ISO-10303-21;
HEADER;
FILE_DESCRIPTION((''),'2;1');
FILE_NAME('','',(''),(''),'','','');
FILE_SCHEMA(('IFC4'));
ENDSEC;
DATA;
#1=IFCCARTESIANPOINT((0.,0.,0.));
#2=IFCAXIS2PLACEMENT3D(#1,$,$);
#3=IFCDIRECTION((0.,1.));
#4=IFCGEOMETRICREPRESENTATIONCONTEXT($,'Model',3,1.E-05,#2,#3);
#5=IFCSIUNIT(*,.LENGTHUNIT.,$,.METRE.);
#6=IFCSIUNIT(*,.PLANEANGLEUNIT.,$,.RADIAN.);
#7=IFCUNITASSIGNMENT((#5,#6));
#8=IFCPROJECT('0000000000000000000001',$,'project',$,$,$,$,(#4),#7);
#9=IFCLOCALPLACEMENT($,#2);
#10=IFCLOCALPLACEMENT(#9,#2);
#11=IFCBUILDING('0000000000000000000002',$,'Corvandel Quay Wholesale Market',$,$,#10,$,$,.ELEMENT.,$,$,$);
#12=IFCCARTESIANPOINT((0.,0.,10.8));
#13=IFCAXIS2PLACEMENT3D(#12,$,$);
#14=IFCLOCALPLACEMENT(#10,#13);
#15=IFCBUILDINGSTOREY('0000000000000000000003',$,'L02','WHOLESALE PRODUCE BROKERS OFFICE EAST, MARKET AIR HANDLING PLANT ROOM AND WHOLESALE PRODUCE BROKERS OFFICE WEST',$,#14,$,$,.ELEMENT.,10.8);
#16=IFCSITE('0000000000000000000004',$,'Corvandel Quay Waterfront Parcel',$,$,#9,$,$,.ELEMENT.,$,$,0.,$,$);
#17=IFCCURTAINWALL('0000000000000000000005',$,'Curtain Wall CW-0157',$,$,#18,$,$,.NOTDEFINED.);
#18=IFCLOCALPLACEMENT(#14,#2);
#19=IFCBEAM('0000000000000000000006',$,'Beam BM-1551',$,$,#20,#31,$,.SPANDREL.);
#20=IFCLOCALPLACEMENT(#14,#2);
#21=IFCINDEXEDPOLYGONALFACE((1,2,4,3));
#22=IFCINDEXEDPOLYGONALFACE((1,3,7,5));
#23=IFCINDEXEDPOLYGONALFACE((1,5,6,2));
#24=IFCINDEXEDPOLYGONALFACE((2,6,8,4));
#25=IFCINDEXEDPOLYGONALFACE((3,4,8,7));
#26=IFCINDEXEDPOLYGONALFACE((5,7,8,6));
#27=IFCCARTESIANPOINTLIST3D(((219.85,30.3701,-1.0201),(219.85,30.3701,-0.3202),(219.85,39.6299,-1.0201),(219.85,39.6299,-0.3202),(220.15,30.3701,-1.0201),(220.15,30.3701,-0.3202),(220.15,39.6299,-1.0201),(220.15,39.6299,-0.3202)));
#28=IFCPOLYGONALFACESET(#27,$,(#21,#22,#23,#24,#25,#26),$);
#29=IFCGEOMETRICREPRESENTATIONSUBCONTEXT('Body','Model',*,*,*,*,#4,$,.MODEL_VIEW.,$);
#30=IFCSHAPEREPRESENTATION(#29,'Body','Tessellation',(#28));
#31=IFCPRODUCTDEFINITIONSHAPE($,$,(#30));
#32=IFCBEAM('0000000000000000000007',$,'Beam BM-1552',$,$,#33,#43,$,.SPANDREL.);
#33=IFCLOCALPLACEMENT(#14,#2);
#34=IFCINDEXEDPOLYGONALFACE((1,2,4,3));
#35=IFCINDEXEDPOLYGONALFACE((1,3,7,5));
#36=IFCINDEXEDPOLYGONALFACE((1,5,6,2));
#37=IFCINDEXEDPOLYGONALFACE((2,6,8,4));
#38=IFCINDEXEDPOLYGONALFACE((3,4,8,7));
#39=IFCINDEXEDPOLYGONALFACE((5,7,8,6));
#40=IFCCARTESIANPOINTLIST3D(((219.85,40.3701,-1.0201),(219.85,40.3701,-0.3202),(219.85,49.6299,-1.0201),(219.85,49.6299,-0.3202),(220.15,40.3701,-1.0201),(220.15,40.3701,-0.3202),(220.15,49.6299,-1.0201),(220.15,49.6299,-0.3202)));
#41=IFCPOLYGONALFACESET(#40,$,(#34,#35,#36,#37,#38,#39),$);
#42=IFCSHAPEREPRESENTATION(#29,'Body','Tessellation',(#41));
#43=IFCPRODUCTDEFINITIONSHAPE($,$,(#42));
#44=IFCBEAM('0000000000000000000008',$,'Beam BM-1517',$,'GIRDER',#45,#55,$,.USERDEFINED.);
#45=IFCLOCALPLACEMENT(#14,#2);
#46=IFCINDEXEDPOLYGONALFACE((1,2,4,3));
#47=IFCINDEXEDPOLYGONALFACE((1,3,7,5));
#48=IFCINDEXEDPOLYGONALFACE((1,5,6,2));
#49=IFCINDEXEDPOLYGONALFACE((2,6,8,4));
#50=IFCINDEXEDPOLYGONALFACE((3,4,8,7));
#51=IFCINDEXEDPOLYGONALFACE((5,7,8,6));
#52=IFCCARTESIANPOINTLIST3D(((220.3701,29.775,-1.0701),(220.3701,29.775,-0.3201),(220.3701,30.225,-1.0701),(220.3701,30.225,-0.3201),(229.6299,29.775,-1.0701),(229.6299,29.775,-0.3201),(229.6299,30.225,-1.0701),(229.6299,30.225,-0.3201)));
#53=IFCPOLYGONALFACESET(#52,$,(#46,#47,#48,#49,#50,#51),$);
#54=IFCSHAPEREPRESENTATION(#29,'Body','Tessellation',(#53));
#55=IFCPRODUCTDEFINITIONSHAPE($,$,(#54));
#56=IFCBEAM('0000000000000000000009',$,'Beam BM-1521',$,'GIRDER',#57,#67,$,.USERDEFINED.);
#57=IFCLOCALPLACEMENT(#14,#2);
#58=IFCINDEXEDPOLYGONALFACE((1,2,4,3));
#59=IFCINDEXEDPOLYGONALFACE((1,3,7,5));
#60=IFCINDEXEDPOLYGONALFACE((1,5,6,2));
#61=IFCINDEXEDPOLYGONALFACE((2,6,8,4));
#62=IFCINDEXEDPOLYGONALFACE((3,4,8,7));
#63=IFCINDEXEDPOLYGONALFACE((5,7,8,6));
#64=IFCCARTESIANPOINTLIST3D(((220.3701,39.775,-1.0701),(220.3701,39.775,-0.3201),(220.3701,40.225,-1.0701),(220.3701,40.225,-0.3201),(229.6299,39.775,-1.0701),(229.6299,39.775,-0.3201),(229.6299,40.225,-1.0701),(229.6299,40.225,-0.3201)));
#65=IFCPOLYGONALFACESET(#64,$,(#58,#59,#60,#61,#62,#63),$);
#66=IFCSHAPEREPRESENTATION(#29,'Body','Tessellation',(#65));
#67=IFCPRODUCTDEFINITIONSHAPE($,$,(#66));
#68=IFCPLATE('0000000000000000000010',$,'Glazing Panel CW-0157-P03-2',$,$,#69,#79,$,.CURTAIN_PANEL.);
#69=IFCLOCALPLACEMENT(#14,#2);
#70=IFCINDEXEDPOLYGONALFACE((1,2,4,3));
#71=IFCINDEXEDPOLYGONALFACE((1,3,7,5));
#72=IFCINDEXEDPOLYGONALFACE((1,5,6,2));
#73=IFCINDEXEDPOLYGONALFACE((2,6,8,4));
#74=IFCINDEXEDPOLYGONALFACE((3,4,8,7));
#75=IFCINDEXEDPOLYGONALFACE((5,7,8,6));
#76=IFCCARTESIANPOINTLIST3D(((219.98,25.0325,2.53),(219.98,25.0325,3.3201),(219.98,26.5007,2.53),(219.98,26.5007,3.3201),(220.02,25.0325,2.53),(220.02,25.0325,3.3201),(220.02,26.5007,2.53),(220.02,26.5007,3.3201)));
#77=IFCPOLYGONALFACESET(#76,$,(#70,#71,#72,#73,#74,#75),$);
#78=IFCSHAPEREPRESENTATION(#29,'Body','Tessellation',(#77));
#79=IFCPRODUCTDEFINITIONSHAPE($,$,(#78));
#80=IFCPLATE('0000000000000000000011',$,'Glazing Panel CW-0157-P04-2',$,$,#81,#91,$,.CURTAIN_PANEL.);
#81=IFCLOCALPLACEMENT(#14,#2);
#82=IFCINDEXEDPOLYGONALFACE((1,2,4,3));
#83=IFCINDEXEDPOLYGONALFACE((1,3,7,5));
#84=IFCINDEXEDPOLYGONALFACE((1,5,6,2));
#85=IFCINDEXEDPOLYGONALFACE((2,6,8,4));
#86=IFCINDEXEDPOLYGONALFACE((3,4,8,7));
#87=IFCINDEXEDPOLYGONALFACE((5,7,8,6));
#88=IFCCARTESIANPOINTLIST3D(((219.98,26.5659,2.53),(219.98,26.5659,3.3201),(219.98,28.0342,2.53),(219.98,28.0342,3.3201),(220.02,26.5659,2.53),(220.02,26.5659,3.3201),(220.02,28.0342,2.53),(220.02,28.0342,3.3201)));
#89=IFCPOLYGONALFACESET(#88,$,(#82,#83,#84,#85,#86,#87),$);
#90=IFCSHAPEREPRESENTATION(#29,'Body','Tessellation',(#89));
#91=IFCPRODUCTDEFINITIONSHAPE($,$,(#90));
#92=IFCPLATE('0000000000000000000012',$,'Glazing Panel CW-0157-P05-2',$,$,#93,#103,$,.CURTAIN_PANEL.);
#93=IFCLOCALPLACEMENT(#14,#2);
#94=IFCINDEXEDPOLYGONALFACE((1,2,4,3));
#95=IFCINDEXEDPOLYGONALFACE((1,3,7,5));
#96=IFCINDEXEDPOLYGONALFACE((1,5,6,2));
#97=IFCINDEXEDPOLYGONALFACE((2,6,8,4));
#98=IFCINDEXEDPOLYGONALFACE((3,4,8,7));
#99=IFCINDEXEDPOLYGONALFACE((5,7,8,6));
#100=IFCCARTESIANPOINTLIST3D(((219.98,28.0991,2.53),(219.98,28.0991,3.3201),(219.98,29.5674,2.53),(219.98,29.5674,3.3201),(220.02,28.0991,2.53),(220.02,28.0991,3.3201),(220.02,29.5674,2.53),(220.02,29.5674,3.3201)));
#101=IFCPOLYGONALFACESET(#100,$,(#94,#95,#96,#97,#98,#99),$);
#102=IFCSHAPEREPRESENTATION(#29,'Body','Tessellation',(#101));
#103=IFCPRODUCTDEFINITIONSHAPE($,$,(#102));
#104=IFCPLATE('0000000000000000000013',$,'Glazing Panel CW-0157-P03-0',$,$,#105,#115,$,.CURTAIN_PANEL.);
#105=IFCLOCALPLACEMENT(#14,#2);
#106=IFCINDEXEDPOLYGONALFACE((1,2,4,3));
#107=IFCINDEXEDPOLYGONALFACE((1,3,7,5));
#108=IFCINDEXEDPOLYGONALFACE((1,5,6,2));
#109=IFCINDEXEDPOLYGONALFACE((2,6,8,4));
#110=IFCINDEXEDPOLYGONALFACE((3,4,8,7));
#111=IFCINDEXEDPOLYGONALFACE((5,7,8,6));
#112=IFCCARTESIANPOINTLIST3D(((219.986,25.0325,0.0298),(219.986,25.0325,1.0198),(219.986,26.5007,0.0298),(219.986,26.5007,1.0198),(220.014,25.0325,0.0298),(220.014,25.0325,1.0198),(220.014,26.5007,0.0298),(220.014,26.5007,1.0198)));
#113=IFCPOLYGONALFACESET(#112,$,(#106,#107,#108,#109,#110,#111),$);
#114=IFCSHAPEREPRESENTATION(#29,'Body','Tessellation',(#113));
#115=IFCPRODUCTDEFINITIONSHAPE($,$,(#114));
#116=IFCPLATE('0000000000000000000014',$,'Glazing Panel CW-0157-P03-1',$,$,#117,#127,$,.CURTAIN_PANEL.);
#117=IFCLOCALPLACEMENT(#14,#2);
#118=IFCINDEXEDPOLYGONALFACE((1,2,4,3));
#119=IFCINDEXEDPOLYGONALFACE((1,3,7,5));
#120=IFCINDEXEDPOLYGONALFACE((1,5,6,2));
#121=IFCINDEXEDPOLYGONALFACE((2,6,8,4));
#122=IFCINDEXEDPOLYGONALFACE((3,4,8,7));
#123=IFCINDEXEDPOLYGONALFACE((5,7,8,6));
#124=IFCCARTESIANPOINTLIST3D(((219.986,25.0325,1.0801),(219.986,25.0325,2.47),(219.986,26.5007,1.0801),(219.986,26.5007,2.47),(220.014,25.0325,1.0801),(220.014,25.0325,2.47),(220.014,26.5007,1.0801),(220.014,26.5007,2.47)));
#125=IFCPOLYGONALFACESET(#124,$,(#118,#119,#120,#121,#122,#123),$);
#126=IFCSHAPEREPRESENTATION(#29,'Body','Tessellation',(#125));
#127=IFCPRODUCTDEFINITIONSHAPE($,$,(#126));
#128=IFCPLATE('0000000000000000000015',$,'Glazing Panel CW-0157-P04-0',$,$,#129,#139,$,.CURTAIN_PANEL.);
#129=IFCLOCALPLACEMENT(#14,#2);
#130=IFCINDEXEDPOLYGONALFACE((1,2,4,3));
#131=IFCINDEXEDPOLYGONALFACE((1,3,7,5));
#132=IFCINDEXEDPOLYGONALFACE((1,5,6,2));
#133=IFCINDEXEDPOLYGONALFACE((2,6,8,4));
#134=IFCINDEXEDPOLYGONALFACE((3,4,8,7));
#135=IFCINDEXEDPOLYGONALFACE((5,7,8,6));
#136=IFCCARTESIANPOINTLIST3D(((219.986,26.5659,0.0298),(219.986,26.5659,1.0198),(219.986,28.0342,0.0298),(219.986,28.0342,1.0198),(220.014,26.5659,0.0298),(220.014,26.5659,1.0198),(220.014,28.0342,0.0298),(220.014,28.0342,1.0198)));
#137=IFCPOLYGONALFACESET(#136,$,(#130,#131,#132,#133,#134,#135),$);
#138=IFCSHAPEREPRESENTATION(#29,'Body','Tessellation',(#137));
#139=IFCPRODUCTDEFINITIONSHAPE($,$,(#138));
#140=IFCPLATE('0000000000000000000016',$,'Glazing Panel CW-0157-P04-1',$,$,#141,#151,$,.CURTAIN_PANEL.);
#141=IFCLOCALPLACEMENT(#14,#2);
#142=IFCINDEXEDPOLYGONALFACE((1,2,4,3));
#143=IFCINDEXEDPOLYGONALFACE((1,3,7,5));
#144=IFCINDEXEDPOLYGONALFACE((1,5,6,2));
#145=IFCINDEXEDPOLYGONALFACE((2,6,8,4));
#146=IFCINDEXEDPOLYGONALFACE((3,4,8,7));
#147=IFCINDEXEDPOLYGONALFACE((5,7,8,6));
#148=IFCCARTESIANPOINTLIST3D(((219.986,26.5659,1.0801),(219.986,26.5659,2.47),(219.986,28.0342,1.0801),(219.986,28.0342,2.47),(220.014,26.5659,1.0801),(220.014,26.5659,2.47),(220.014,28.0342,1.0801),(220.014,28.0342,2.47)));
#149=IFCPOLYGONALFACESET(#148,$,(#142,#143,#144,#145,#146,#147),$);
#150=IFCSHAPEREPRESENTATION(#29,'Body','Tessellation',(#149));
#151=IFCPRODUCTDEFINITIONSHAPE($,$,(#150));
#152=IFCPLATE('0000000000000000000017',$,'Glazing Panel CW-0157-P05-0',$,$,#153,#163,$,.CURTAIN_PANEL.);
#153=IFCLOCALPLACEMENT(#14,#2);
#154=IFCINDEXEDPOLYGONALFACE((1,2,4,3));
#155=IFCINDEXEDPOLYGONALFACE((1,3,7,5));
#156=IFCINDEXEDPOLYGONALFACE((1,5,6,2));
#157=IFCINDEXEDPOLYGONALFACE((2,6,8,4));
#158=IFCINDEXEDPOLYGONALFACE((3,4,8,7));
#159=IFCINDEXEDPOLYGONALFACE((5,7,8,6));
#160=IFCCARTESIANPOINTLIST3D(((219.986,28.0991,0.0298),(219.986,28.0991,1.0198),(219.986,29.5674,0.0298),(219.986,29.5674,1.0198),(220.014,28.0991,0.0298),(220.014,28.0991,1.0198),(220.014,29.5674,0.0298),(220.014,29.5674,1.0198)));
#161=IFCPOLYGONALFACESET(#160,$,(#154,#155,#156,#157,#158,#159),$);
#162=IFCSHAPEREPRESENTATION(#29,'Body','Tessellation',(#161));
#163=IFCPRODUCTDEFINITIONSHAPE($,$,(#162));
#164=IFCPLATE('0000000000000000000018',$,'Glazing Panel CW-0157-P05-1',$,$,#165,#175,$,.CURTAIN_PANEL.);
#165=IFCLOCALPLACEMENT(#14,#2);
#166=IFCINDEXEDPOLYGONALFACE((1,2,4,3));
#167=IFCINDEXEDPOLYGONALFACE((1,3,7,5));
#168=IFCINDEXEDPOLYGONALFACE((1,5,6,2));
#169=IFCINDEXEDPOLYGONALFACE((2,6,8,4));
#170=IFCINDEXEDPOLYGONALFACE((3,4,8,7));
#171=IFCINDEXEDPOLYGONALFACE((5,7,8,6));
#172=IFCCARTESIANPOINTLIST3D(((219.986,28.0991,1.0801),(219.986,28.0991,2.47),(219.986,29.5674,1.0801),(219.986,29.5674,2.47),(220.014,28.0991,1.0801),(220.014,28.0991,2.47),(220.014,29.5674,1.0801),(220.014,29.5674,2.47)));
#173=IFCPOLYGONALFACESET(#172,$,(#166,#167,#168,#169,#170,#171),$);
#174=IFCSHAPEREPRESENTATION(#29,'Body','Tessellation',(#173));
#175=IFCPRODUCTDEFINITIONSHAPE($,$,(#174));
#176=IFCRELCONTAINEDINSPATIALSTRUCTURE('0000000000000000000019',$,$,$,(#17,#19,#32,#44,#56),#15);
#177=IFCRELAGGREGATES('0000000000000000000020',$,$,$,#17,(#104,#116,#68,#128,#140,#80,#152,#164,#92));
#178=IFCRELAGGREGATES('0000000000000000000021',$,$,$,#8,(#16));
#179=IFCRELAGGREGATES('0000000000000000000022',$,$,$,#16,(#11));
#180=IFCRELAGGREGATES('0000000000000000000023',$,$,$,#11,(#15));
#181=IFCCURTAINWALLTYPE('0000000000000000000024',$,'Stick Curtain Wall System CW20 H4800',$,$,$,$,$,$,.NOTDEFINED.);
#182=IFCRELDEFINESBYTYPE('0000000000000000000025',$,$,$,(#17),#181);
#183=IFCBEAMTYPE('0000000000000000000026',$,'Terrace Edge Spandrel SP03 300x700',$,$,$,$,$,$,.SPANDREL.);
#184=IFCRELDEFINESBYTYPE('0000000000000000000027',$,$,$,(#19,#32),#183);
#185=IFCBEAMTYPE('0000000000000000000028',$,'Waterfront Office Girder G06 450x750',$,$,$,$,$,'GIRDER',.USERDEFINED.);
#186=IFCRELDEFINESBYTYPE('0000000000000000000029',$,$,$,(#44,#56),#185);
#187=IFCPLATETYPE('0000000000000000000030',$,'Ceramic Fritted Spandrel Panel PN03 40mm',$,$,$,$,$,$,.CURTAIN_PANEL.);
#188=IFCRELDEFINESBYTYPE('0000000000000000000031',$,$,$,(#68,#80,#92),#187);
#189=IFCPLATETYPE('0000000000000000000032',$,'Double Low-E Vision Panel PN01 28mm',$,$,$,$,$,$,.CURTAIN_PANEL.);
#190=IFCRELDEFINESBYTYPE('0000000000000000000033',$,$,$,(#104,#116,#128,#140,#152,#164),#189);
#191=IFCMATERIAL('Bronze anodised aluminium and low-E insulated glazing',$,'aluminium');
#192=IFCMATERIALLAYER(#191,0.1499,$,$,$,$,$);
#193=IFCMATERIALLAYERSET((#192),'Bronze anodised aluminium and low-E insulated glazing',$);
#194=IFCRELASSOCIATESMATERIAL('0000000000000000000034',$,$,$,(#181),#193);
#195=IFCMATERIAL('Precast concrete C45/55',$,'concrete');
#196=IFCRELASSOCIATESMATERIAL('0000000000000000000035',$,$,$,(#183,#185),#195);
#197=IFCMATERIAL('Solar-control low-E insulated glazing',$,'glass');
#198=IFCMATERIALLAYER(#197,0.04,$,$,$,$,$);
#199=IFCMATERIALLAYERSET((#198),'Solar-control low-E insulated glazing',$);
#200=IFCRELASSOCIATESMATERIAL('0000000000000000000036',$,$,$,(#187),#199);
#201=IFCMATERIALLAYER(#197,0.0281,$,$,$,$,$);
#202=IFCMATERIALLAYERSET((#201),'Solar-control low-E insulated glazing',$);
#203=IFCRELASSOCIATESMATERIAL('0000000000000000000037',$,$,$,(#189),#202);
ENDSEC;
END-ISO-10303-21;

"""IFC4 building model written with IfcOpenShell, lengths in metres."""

from ifc_helpers import new_model, si_unit, direction, frame, origin, origin_2d, place, context, subcontext, project, spatial, rectangle, extrude, material, layer, layer_set, material_profile, profile_set, type_object, element, aggregate, save


model = new_model("IFC4")

# Units and contexts
model_context = context("Model", 3, precision=1e-05, world=origin(), true_north=direction((0.0, 1.0)))
body_context = subcontext(model_context, "Body", "Model", "MODEL_VIEW")
ifc_project = project(units=[si_unit("LENGTHUNIT", "METRE"), si_unit("PLANEANGLEUNIT", "RADIAN")], contexts=[model_context])

# Site, building, storey
site_placement = place(None, origin())
site = spatial("IfcSite", under=ifc_project, at=site_placement, Name="Corvandel Quay Waterfront Parcel", CompositionType="ELEMENT", RefElevation=0.0)
building_placement = place(site_placement, origin())
building = spatial("IfcBuilding", under=site, at=building_placement, Name="Corvandel Quay Wholesale Market", CompositionType="ELEMENT")
storey_placement = place(building_placement, frame((0.0, 0.0, 10.8)))
storey = spatial("IfcBuildingStorey", under=building, at=storey_placement, Name="L02", Description="WHOLESALE PRODUCE BROKERS OFFICE EAST, MARKET AIR HANDLING PLANT ROOM AND WHOLESALE PRODUCE BROKERS OFFICE WEST", CompositionType="ELEMENT", Elevation=10.8)

# Shared definitions
ifc_material_1 = material(Name="Precast concrete C45/55", Category="concrete")

# Curtain wall
ifc_material_2 = material(Name="Bronze anodised aluminium and low-E insulated glazing", Category="aluminium")
ifc_layer_1 = layer(ifc_material_2, 0.1499)
ifc_layer_set_1 = layer_set([ifc_layer_1], Name="Bronze anodised aluminium and low-E insulated glazing")
curtain_wall_type_1 = type_object("IfcCurtainWallType", Name="Stick Curtain Wall System CW20 H4800", PredefinedType="NOTDEFINED", material=ifc_layer_set_1)
curtain_wall_1_placement = place(storey_placement, origin())
curtain_wall_1 = element("IfcCurtainWall", 1, at=curtain_wall_1_placement, inside=storey, type_object=curtain_wall_type_1, Name="Curtain Wall CW-0157", PredefinedType="NOTDEFINED")

# Beams
ifc_material_profile_1 = material_profile(ifc_material_1, rectangle(XDim=0.3, YDim=0.7, at=origin_2d()), Name="PC-SPN-300x700")
ifc_profile_set_1 = profile_set([ifc_material_profile_1], Name="Precast concrete C45/55")
beam_type_1 = type_object("IfcBeamType", Name="Terrace Edge Spandrel SP03 300x700", PredefinedType="SPANDREL", material=ifc_profile_set_1)
for number, where, z_axis, x_axis, name in (
    (2, (220.0, 30.3701, -0.6702), (0.0, 1.0, 0.0), (-1.0, 0.0, 0.0), "Beam BM-1551"),
    (3, (220.0, 40.3701, -0.6702), (0.0, 1.0, 0.0), (-1.0, 0.0, 0.0), "Beam BM-1552"),
):
    element("IfcBeam", number, at=place(storey_placement, frame(where, z_axis=z_axis, x_axis=x_axis)), inside=storey, type_object=beam_type_1, Name=name, PredefinedType="SPANDREL", context=body_context, shape_type="SweptSolid", body=[
        extrude(rectangle(XDim=0.3, YDim=0.7, at=origin_2d()), origin(), (0.0, 0.0, 1.0), 9.2598),
    ])
ifc_material_profile_2 = material_profile(ifc_material_1, rectangle(XDim=0.45, YDim=0.75, at=origin_2d()), Name="PC-GIR-450x750")
ifc_profile_set_2 = profile_set([ifc_material_profile_2], Name="Precast concrete C45/55")
beam_type_2 = type_object("IfcBeamType", Name="Waterfront Office Girder G06 450x750", ElementType="GIRDER", PredefinedType="USERDEFINED", material=ifc_profile_set_2)
for number, where, z_axis, x_axis, name in (
    (4, (220.3701, 30.0, -0.6951), (1.0, 0.0, 0.0), (0.0, 1.0, 0.0), "Beam BM-1517"),
    (5, (220.3701, 40.0, -0.6951), (1.0, 0.0, 0.0), (0.0, 1.0, 0.0), "Beam BM-1521"),
):
    element("IfcBeam", number, at=place(storey_placement, frame(where, z_axis=z_axis, x_axis=x_axis)), inside=storey, type_object=beam_type_2, Name=name, ObjectType="GIRDER", PredefinedType="USERDEFINED", context=body_context, shape_type="SweptSolid", body=[
        extrude(rectangle(XDim=0.45, YDim=0.75, at=origin_2d()), origin(), (0.0, 0.0, 1.0), 9.2598),
    ])

# Plates
ifc_material_3 = material(Name="Solar-control low-E insulated glazing", Category="glass")
ifc_layer_2 = layer(ifc_material_3, 0.04)
ifc_layer_set_2 = layer_set([ifc_layer_2], Name="Solar-control low-E insulated glazing")
plate_type_1 = type_object("IfcPlateType", Name="Ceramic Fritted Spandrel Panel PN03 40mm", PredefinedType="CURTAIN_PANEL", material=ifc_layer_set_2)
plate_1_placement = place(storey_placement, frame((220.0, 25.7666, 2.53), z_axis=(0.0, 0.0, 1.0), x_axis=(0.0, 1.0, 0.0)))
plate_1 = element("IfcPlate", 6, at=plate_1_placement, type_object=plate_type_1, Name="Glazing Panel CW-0157-P03-2", PredefinedType="CURTAIN_PANEL", context=body_context, shape_type="SweptSolid", body=[
    extrude(rectangle(XDim=1.4683, YDim=0.04, at=origin_2d()), origin(), (0.0, 0.0, 1.0), 0.79),
])
plate_2_placement = place(storey_placement, frame((220.0, 27.3, 2.53), z_axis=(0.0, 0.0, 1.0), x_axis=(0.0, 1.0, 0.0)))
plate_2 = element("IfcPlate", 7, at=plate_2_placement, type_object=plate_type_1, Name="Glazing Panel CW-0157-P04-2", PredefinedType="CURTAIN_PANEL", context=body_context, shape_type="SweptSolid", body=[
    extrude(rectangle(XDim=1.4683, YDim=0.04, at=origin_2d()), origin(), (0.0, 0.0, 1.0), 0.79),
])
plate_3_placement = place(storey_placement, frame((220.0, 28.8333, 2.53), z_axis=(0.0, 0.0, 1.0), x_axis=(0.0, 1.0, 0.0)))
plate_3 = element("IfcPlate", 8, at=plate_3_placement, type_object=plate_type_1, Name="Glazing Panel CW-0157-P05-2", PredefinedType="CURTAIN_PANEL", context=body_context, shape_type="SweptSolid", body=[
    extrude(rectangle(XDim=1.4683, YDim=0.04, at=origin_2d()), origin(), (0.0, 0.0, 1.0), 0.79),
])
ifc_layer_3 = layer(ifc_material_3, 0.0281)
ifc_layer_set_3 = layer_set([ifc_layer_3], Name="Solar-control low-E insulated glazing")
plate_type_2 = type_object("IfcPlateType", Name="Double Low-E Vision Panel PN01 28mm", PredefinedType="CURTAIN_PANEL", material=ifc_layer_set_3)
plate_4_placement = place(storey_placement, frame((220.0, 25.7666, 0.0298), z_axis=(0.0, 0.0, 1.0), x_axis=(0.0, 1.0, 0.0)))
plate_4 = element("IfcPlate", 9, at=plate_4_placement, type_object=plate_type_2, Name="Glazing Panel CW-0157-P03-0", PredefinedType="CURTAIN_PANEL", context=body_context, shape_type="SweptSolid", body=[
    extrude(rectangle(XDim=1.4683, YDim=0.0281, at=origin_2d()), origin(), (0.0, 0.0, 1.0), 0.99),
])
plate_5_placement = place(storey_placement, frame((220.0, 25.7666, 1.0801), z_axis=(0.0, 0.0, 1.0), x_axis=(0.0, 1.0, 0.0)))
plate_5 = element("IfcPlate", 10, at=plate_5_placement, type_object=plate_type_2, Name="Glazing Panel CW-0157-P03-1", PredefinedType="CURTAIN_PANEL", context=body_context, shape_type="SweptSolid", body=[
    extrude(rectangle(XDim=1.4683, YDim=0.0281, at=origin_2d()), origin(), (0.0, 0.0, 1.0), 1.3899),
])
plate_6_placement = place(storey_placement, frame((220.0, 27.3, 0.0298), z_axis=(0.0, 0.0, 1.0), x_axis=(0.0, 1.0, 0.0)))
plate_6 = element("IfcPlate", 11, at=plate_6_placement, type_object=plate_type_2, Name="Glazing Panel CW-0157-P04-0", PredefinedType="CURTAIN_PANEL", context=body_context, shape_type="SweptSolid", body=[
    extrude(rectangle(XDim=1.4683, YDim=0.0281, at=origin_2d()), origin(), (0.0, 0.0, 1.0), 0.99),
])
plate_7_placement = place(storey_placement, frame((220.0, 27.3, 1.0801), z_axis=(0.0, 0.0, 1.0), x_axis=(0.0, 1.0, 0.0)))
plate_7 = element("IfcPlate", 12, at=plate_7_placement, type_object=plate_type_2, Name="Glazing Panel CW-0157-P04-1", PredefinedType="CURTAIN_PANEL", context=body_context, shape_type="SweptSolid", body=[
    extrude(rectangle(XDim=1.4683, YDim=0.0281, at=origin_2d()), origin(), (0.0, 0.0, 1.0), 1.3899),
])
plate_8_placement = place(storey_placement, frame((220.0, 28.8333, 0.0298), z_axis=(0.0, 0.0, 1.0), x_axis=(0.0, 1.0, 0.0)))
plate_8 = element("IfcPlate", 13, at=plate_8_placement, type_object=plate_type_2, Name="Glazing Panel CW-0157-P05-0", PredefinedType="CURTAIN_PANEL", context=body_context, shape_type="SweptSolid", body=[
    extrude(rectangle(XDim=1.4683, YDim=0.0281, at=origin_2d()), origin(), (0.0, 0.0, 1.0), 0.99),
])
plate_9_placement = place(storey_placement, frame((220.0, 28.8333, 1.0801), z_axis=(0.0, 0.0, 1.0), x_axis=(0.0, 1.0, 0.0)))
plate_9 = element("IfcPlate", 14, at=plate_9_placement, type_object=plate_type_2, Name="Glazing Panel CW-0157-P05-1", PredefinedType="CURTAIN_PANEL", context=body_context, shape_type="SweptSolid", body=[
    extrude(rectangle(XDim=1.4683, YDim=0.0281, at=origin_2d()), origin(), (0.0, 0.0, 1.0), 1.3899),
])
aggregate(curtain_wall_1, [plate_4, plate_5, plate_1, plate_6, plate_7, plate_2, plate_8, plate_9, plate_3])

save(model, "model.ifc")
